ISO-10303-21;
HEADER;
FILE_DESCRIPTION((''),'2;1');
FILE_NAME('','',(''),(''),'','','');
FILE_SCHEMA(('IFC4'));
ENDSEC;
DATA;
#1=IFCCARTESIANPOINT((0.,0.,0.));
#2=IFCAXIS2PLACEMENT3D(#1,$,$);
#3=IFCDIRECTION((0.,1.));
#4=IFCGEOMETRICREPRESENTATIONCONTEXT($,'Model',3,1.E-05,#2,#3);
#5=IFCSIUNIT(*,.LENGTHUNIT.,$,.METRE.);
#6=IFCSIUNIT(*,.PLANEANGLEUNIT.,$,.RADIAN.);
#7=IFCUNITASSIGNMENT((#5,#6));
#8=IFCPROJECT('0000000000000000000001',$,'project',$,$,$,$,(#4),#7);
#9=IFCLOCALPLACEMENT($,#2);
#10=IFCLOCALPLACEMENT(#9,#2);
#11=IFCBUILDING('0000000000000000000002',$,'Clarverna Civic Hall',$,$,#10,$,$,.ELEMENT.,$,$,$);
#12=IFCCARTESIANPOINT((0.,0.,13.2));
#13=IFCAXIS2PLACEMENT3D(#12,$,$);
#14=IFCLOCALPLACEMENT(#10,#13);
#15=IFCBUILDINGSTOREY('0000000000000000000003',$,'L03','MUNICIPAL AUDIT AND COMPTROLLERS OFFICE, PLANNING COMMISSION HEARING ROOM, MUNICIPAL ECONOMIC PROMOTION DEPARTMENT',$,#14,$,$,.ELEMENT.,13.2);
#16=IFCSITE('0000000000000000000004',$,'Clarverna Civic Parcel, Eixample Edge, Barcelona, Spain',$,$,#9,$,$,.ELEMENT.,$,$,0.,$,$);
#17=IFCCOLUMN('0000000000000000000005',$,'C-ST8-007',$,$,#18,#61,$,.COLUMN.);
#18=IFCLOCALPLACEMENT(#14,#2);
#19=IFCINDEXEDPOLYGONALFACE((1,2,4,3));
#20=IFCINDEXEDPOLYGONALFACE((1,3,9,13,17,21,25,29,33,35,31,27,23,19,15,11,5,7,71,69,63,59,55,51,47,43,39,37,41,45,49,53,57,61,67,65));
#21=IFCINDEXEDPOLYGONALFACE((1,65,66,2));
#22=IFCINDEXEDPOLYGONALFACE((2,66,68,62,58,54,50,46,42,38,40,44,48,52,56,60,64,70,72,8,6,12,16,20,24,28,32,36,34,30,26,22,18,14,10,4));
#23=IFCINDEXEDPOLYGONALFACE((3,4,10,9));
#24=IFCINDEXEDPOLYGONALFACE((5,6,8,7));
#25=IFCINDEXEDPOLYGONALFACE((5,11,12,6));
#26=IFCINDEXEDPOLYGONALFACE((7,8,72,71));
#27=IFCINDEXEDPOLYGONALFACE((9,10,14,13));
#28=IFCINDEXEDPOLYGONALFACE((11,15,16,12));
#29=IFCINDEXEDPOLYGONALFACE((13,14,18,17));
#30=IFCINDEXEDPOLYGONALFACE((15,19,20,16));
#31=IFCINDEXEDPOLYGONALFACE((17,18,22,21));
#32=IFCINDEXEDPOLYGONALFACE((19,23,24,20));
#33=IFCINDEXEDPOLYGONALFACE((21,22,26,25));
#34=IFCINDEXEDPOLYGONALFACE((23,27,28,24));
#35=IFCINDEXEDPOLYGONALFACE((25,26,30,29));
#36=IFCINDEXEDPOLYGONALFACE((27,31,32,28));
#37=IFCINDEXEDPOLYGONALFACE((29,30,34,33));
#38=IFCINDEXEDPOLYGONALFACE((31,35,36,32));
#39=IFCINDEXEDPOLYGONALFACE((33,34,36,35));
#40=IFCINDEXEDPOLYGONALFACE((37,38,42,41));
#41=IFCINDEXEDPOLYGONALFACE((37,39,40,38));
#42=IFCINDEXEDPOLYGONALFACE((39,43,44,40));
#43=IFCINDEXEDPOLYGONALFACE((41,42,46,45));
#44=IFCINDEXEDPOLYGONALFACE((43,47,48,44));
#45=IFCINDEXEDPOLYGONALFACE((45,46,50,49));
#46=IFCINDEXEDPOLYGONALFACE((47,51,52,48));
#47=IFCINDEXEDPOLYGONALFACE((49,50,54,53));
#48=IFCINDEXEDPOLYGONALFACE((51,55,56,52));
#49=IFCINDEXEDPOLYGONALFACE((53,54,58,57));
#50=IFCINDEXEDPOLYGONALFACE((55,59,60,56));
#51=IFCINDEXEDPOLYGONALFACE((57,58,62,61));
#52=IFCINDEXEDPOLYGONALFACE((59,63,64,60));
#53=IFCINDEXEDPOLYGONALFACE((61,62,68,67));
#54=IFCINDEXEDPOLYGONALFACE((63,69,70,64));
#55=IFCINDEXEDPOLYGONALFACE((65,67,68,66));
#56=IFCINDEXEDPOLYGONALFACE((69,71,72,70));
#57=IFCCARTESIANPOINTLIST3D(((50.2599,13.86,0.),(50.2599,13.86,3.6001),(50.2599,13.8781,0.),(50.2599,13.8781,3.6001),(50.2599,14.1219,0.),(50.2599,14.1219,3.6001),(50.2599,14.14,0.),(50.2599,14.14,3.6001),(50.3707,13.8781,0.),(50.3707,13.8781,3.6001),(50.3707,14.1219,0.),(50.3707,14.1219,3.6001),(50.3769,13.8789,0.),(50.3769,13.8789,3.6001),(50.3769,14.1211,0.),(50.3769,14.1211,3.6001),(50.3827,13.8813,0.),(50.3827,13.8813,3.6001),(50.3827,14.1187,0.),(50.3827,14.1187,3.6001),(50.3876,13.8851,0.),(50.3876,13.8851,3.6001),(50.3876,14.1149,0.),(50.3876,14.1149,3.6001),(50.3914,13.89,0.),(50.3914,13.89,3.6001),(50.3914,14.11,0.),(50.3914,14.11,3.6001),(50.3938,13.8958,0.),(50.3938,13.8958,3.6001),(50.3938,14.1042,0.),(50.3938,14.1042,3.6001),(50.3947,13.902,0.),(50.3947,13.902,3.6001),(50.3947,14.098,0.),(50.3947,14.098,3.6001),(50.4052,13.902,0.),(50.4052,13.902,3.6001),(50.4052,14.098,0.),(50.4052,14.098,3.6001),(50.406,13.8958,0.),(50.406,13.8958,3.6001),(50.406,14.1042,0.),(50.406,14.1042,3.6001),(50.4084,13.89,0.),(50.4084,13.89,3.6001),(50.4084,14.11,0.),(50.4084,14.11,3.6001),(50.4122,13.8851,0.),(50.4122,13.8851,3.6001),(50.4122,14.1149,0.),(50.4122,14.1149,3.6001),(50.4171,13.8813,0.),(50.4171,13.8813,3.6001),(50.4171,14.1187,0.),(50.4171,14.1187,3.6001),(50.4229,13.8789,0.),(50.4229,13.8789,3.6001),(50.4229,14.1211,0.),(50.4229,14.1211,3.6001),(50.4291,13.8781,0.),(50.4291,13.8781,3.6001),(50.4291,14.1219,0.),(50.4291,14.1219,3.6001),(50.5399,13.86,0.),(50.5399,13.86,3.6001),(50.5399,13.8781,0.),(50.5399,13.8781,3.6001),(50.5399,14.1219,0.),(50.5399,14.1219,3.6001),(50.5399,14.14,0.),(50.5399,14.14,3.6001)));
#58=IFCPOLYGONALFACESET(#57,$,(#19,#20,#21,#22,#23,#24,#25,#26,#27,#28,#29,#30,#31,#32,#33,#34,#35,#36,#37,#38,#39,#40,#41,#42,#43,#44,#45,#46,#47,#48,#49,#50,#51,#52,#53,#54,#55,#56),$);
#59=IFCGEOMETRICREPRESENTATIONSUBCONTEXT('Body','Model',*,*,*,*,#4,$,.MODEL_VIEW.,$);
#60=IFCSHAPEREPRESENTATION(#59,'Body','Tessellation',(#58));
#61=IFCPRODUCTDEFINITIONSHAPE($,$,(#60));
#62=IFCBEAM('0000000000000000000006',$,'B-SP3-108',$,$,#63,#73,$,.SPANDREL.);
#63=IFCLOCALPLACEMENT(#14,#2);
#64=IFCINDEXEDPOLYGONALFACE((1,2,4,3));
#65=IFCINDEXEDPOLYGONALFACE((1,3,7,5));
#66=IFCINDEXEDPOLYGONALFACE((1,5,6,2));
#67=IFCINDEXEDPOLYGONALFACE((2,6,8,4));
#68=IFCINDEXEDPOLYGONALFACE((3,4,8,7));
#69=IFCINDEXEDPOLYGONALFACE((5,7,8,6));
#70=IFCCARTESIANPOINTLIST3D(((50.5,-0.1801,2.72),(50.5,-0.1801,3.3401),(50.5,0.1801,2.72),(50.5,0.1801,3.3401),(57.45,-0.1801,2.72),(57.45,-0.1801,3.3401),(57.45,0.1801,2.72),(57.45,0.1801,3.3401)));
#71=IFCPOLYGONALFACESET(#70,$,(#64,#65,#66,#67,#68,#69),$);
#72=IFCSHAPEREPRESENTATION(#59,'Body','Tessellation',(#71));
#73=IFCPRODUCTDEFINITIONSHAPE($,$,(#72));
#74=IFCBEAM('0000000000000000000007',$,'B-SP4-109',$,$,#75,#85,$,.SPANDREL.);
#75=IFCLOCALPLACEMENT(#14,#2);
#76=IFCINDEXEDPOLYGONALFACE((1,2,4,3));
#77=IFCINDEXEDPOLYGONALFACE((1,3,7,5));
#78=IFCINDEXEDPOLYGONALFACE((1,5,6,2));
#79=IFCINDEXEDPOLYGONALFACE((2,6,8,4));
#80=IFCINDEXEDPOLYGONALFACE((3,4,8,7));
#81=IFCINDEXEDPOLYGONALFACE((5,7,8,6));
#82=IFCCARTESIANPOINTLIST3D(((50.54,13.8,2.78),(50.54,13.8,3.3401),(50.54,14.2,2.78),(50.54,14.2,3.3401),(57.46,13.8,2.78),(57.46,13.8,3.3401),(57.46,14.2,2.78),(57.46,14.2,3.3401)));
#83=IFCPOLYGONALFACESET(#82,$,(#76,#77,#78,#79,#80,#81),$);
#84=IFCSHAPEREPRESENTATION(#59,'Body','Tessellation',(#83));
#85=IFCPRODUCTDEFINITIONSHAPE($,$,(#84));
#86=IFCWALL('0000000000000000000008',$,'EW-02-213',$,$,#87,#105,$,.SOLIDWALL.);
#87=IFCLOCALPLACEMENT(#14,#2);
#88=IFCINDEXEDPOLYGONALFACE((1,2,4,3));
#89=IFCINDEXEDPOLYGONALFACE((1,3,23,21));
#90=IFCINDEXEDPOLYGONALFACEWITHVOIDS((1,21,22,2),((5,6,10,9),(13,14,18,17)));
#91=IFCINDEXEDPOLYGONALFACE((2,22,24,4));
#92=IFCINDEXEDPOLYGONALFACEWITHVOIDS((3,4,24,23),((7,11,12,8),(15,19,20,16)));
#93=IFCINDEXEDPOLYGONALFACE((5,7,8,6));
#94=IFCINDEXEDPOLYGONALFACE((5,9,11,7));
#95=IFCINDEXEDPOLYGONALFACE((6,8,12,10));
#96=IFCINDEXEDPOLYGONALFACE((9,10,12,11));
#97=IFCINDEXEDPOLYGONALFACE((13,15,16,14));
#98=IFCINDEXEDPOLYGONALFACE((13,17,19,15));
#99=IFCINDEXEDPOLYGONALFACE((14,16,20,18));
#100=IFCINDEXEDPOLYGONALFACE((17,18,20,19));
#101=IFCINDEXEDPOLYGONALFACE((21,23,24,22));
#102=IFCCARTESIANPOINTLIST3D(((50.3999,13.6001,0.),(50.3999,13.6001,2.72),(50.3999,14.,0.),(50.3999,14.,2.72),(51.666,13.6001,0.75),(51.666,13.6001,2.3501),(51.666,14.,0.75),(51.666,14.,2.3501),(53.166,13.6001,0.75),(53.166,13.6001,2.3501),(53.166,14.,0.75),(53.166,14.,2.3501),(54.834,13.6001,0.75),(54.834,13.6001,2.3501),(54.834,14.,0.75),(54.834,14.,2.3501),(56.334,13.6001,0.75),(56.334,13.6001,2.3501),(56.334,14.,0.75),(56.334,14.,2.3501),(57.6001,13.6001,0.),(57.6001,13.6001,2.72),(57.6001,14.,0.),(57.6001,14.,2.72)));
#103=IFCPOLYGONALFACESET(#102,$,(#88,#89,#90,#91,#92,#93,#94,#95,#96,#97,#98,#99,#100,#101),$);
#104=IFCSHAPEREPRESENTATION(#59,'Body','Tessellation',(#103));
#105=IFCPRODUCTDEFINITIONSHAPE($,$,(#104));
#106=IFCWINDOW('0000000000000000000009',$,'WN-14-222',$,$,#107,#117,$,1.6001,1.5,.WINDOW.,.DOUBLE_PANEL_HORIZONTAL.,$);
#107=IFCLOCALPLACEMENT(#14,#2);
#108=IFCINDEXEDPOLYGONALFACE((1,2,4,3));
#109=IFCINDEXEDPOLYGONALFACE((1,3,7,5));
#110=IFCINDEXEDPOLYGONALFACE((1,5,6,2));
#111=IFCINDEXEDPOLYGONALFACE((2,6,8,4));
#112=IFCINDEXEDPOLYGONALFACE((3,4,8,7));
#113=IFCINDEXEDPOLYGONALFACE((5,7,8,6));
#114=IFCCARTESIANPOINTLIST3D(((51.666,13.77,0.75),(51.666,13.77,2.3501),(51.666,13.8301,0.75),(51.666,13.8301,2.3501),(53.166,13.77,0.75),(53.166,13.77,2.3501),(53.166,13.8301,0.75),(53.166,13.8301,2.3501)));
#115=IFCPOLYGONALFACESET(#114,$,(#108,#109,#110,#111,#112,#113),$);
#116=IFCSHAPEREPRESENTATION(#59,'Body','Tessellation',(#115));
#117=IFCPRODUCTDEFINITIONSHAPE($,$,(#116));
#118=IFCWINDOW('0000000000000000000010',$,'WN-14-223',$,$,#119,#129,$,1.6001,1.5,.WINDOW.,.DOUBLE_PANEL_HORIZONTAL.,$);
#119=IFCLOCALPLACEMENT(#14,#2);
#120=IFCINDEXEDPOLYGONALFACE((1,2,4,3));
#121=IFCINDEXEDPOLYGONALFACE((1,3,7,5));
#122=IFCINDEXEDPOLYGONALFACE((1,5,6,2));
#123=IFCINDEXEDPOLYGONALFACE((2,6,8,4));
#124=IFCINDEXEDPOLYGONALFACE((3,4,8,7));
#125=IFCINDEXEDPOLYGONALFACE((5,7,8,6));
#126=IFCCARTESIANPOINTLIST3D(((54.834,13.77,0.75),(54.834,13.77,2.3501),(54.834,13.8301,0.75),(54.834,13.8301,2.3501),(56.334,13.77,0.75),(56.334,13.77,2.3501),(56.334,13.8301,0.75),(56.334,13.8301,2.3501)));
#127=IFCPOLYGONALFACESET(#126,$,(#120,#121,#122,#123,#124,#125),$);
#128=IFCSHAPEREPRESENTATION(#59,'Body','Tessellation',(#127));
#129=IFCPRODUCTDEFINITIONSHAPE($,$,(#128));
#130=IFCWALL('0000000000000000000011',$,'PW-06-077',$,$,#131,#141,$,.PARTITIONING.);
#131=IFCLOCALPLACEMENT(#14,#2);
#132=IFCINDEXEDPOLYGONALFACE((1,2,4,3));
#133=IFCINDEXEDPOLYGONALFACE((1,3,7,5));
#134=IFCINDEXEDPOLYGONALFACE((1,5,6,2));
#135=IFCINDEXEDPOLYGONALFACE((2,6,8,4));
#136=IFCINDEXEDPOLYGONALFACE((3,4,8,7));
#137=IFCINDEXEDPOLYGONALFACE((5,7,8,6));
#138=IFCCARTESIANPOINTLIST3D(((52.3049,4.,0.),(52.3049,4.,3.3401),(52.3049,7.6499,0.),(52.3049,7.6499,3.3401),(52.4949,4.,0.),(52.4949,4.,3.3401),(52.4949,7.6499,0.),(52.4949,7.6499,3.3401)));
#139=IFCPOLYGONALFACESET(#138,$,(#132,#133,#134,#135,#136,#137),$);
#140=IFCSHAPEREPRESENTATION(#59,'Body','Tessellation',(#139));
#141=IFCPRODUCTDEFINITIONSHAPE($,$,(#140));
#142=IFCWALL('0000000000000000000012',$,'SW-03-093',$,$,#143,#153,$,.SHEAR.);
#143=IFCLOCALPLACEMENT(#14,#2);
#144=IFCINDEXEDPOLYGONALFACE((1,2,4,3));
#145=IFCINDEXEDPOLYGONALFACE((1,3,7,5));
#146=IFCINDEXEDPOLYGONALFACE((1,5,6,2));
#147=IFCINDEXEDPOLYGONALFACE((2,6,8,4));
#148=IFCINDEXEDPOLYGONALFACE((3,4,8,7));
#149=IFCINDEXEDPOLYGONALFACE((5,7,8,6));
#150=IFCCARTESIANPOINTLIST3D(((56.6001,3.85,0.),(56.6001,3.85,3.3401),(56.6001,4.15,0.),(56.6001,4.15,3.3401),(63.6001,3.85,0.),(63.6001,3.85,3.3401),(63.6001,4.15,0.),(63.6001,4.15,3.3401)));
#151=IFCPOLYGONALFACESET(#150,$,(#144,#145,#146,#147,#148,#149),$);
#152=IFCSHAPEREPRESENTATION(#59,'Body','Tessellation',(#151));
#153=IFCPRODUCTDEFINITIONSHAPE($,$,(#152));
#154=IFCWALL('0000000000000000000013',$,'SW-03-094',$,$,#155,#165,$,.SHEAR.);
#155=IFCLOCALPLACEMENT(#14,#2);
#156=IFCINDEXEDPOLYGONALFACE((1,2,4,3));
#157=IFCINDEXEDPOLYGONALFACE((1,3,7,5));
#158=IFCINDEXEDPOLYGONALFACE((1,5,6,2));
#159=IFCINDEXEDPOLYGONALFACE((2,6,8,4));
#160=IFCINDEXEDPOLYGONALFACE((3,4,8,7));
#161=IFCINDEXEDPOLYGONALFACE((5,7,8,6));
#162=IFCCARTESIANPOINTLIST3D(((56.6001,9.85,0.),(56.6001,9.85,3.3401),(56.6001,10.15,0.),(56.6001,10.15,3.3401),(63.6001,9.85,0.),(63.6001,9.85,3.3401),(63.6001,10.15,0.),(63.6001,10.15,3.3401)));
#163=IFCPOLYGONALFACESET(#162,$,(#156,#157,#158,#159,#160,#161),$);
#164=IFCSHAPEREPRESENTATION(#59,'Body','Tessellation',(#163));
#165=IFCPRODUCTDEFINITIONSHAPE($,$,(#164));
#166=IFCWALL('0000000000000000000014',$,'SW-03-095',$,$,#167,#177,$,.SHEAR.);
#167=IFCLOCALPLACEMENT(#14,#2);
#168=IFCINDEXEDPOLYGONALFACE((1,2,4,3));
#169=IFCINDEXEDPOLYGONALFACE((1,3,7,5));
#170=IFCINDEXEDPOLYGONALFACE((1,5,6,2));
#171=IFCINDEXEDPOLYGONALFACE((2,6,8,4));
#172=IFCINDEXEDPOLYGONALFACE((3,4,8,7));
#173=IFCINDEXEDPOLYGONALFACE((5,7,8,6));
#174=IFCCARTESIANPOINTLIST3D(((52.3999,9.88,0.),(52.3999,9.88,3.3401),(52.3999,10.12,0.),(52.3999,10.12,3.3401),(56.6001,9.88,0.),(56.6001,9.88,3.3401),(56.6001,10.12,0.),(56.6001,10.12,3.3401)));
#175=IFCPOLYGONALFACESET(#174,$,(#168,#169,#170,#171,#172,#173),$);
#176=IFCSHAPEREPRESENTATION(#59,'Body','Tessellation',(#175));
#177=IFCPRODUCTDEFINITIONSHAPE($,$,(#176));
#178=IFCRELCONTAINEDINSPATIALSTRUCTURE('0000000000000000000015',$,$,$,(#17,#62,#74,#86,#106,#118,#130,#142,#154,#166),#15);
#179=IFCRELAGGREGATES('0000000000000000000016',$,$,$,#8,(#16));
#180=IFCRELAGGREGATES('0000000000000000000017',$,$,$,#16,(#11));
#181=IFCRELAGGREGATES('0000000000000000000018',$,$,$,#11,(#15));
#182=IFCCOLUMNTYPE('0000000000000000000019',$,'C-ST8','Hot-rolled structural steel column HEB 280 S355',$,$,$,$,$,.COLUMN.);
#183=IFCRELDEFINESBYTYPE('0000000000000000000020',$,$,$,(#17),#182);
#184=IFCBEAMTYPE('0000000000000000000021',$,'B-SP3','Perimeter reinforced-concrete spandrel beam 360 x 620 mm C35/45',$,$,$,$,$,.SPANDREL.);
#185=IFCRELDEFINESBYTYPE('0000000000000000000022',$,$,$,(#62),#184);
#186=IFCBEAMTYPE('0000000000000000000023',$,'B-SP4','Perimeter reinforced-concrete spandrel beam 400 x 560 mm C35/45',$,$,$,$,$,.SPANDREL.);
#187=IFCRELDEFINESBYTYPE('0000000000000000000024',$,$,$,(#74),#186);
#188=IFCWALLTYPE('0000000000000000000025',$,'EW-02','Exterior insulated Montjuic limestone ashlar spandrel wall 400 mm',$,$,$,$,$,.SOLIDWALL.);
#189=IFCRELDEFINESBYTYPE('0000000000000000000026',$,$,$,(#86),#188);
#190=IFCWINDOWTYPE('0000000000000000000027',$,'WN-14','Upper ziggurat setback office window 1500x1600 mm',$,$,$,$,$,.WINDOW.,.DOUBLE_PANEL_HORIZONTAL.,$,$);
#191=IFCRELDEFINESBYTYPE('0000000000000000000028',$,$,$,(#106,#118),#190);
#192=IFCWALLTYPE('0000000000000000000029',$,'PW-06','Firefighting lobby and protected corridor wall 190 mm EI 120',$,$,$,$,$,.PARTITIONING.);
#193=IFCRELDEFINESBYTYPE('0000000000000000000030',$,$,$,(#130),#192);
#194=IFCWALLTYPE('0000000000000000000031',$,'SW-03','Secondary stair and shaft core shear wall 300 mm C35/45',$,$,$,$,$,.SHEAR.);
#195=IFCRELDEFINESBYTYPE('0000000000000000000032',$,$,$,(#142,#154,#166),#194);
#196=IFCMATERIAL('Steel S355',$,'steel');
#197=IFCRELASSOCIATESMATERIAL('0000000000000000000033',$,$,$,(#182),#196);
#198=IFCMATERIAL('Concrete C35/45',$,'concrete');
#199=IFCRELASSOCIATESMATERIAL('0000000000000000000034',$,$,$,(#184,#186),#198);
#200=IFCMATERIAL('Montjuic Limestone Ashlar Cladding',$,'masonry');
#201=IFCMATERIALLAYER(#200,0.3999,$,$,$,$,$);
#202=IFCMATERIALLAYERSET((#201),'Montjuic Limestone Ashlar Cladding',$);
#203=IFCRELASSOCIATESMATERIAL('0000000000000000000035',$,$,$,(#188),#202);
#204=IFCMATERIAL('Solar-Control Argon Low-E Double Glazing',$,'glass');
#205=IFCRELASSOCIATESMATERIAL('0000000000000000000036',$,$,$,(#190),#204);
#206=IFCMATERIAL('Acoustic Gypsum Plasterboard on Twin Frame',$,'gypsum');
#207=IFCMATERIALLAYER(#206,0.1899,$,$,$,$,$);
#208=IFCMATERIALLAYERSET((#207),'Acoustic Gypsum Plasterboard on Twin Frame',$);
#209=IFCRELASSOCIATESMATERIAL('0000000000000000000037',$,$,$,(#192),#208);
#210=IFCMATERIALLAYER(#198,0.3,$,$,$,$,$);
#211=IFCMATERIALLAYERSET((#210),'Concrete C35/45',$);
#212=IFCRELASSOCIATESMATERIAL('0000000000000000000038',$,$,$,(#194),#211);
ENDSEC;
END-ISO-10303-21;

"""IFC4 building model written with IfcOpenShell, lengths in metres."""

from ifc_helpers import new_model, si_unit, direction, frame, frame_2d, origin, origin_2d, place, context, subcontext, project, spatial, rectangle, i_section, extrude, material, layer, layer_set, material_profile, profile_set, type_object, element, fill, save


model = new_model("IFC4")

# Units and contexts
model_context = context("Model", 3, precision=1e-05, world=origin(), true_north=direction((0.0, 1.0)))
body_context = subcontext(model_context, "Body", "Model", "MODEL_VIEW")
ifc_project = project(units=[si_unit("LENGTHUNIT", "METRE"), si_unit("PLANEANGLEUNIT", "RADIAN")], contexts=[model_context])

# Site, building, storey
site_placement = place(None, origin())
site = spatial("IfcSite", under=ifc_project, at=site_placement, Name="Clarverna Civic Parcel, Eixample Edge, Barcelona, Spain", CompositionType="ELEMENT", RefElevation=0.0)
building_placement = place(site_placement, origin())
building = spatial("IfcBuilding", under=site, at=building_placement, Name="Clarverna Civic Hall", CompositionType="ELEMENT")
storey_placement = place(building_placement, frame((0.0, 0.0, 13.2)))
storey = spatial("IfcBuildingStorey", under=building, at=storey_placement, Name="L03", Description="MUNICIPAL AUDIT AND COMPTROLLERS OFFICE, PLANNING COMMISSION HEARING ROOM, MUNICIPAL ECONOMIC PROMOTION DEPARTMENT", CompositionType="ELEMENT", Elevation=13.2)

# Column
ifc_material_1 = material(Name="Steel S355", Category="steel")
ifc_material_profile_1 = material_profile(ifc_material_1, i_section(OverallWidth=0.28, OverallDepth=0.28, WebThickness=0.0105, FlangeThickness=0.0181, FilletRadius=0.0239, at=origin_2d()), Name="HEB 280")
ifc_profile_set_1 = profile_set([ifc_material_profile_1], Name="Steel S355")
column_type = type_object("IfcColumnType", Name="C-ST8", Description="Hot-rolled structural steel column HEB 280 S355", PredefinedType="COLUMN", material=ifc_profile_set_1)
column_placement = place(storey_placement, frame((50.3999, 14.0, 0.0), z_axis=(0.0, 0.0, 1.0), x_axis=(1.0, 0.0, 0.0)))
element("IfcColumn", 1, at=column_placement, inside=storey, type_object=column_type, Name="C-ST8-007", PredefinedType="COLUMN", context=body_context, shape_type="SweptSolid", body=[
    extrude(i_section(OverallWidth=0.28, OverallDepth=0.28, WebThickness=0.0105, FlangeThickness=0.0181, FilletRadius=0.0239, at=origin_2d()), origin(), (0.0, 0.0, 1.0), 3.6001),
])

# Beams
ifc_material_2 = material(Name="Concrete C35/45", Category="concrete")
ifc_material_profile_2 = material_profile(ifc_material_2, rectangle(XDim=0.3601, YDim=0.6201, at=origin_2d()), Name="RC 360x620")
ifc_profile_set_2 = profile_set([ifc_material_profile_2], Name="Concrete C35/45")
beam_type_1 = type_object("IfcBeamType", Name="B-SP3", Description="Perimeter reinforced-concrete spandrel beam 360 x 620 mm C35/45", PredefinedType="SPANDREL", material=ifc_profile_set_2)
beam_1_placement = place(storey_placement, frame((50.5, 0.0, 3.03), z_axis=(1.0, 0.0, 0.0), x_axis=(0.0, 1.0, 0.0)))
element("IfcBeam", 2, at=beam_1_placement, inside=storey, type_object=beam_type_1, Name="B-SP3-108", PredefinedType="SPANDREL", context=body_context, shape_type="SweptSolid", body=[
    extrude(rectangle(XDim=0.3601, YDim=0.6201, at=origin_2d()), origin(), (0.0, 0.0, 1.0), 6.95),
])
ifc_material_profile_3 = material_profile(ifc_material_2, rectangle(XDim=0.3999, YDim=0.5601, at=origin_2d()), Name="RC 400x560")
ifc_profile_set_3 = profile_set([ifc_material_profile_3], Name="Concrete C35/45")
beam_type_2 = type_object("IfcBeamType", Name="B-SP4", Description="Perimeter reinforced-concrete spandrel beam 400 x 560 mm C35/45", PredefinedType="SPANDREL", material=ifc_profile_set_3)
beam_2_placement = place(storey_placement, frame((50.54, 14.0, 3.0601), z_axis=(1.0, 0.0, 0.0), x_axis=(0.0, 1.0, 0.0)))
element("IfcBeam", 3, at=beam_2_placement, inside=storey, type_object=beam_type_2, Name="B-SP4-109", PredefinedType="SPANDREL", context=body_context, shape_type="SweptSolid", body=[
    extrude(rectangle(XDim=0.3999, YDim=0.5601, at=origin_2d()), origin(), (0.0, 0.0, 1.0), 6.9199),
])

# Wall, openings, windows
ifc_material_3 = material(Name="Montjuic Limestone Ashlar Cladding", Category="masonry")
ifc_layer_1 = layer(ifc_material_3, 0.3999)
ifc_layer_set_1 = layer_set([ifc_layer_1], Name="Montjuic Limestone Ashlar Cladding")
wall_type_1 = type_object("IfcWallType", Name="EW-02", Description="Exterior insulated Montjuic limestone ashlar spandrel wall 400 mm", PredefinedType="SOLIDWALL", material=ifc_layer_set_1)
wall_1_placement = place(storey_placement, frame((50.3999, 13.8, 0.0), z_axis=(0.0, 0.0, 1.0), x_axis=(1.0, 0.0, 0.0)))
wall_1 = element("IfcWall", 4, at=wall_1_placement, inside=storey, type_object=wall_type_1, Name="EW-02-213", PredefinedType="SOLIDWALL", context=body_context, shape_type="SweptSolid", body=[
    extrude(rectangle(XDim=7.2002, YDim=0.3999, at=frame_2d((3.6001, 0.0))), origin(), (0.0, 0.0, 1.0), 2.72),
])
opening_1_placement = place(wall_1_placement, frame((1.2661, 0.0, 0.75)))
opening_1 = element("IfcOpeningElement", 5, at=opening_1_placement, cuts=wall_1, PredefinedType="OPENING", context=body_context, shape_type="SweptSolid", body=[
    extrude(rectangle(XDim=1.5, YDim=1.6001, at=frame_2d((0.75, 0.8))), frame((0.0, 0.21, 0.0), z_axis=(0.0, -1.0, 0.0), x_axis=(1.0, 0.0, 0.0)), (0.0, 0.0, 1.0), 0.4199),
])
opening_2_placement = place(wall_1_placement, frame((4.4341, 0.0, 0.75)))
opening_2 = element("IfcOpeningElement", 6, at=opening_2_placement, cuts=wall_1, PredefinedType="OPENING", context=body_context, shape_type="SweptSolid", body=[
    extrude(rectangle(XDim=1.5, YDim=1.6001, at=frame_2d((0.75, 0.8))), frame((0.0, 0.21, 0.0), z_axis=(0.0, -1.0, 0.0), x_axis=(1.0, 0.0, 0.0)), (0.0, 0.0, 1.0), 0.4199),
])
ifc_material_4 = material(Name="Solar-Control Argon Low-E Double Glazing", Category="glass")
window_type = type_object("IfcWindowType", Name="WN-14", Description="Upper ziggurat setback office window 1500x1600 mm", PartitioningType="DOUBLE_PANEL_HORIZONTAL", PredefinedType="WINDOW", material=ifc_material_4)
window_1_placement = place(opening_1_placement, origin())
window_1 = element("IfcWindow", 7, at=window_1_placement, inside=storey, type_object=window_type, Name="WN-14-222", OverallHeight=1.6001, OverallWidth=1.5, PartitioningType="DOUBLE_PANEL_HORIZONTAL", PredefinedType="WINDOW", context=body_context, shape_type="SweptSolid", body=[
    extrude(rectangle(XDim=1.5, YDim=1.6001, at=frame_2d((0.75, 0.8))), frame((0.0, 0.03, 0.0), z_axis=(0.0, -1.0, 0.0), x_axis=(1.0, 0.0, 0.0)), (0.0, 0.0, 1.0), 0.0601),
])
fill(opening_1, window_1)
window_2_placement = place(opening_2_placement, origin())
window_2 = element("IfcWindow", 8, at=window_2_placement, inside=storey, type_object=window_type, Name="WN-14-223", OverallHeight=1.6001, OverallWidth=1.5, PartitioningType="DOUBLE_PANEL_HORIZONTAL", PredefinedType="WINDOW", context=body_context, shape_type="SweptSolid", body=[
    extrude(rectangle(XDim=1.5, YDim=1.6001, at=frame_2d((0.75, 0.8))), frame((0.0, 0.03, 0.0), z_axis=(0.0, -1.0, 0.0), x_axis=(1.0, 0.0, 0.0)), (0.0, 0.0, 1.0), 0.0601),
])
fill(opening_2, window_2)

# Wall
ifc_material_5 = material(Name="Acoustic Gypsum Plasterboard on Twin Frame", Category="gypsum")
ifc_layer_2 = layer(ifc_material_5, 0.1899)
ifc_layer_set_2 = layer_set([ifc_layer_2], Name="Acoustic Gypsum Plasterboard on Twin Frame")
wall_type_2 = type_object("IfcWallType", Name="PW-06", Description="Firefighting lobby and protected corridor wall 190 mm EI 120", PredefinedType="PARTITIONING", material=ifc_layer_set_2)
wall_2_placement = place(storey_placement, frame((52.3999, 4.0, 0.0), z_axis=(0.0, 0.0, 1.0), x_axis=(0.0, 1.0, 0.0)))
element("IfcWall", 9, at=wall_2_placement, inside=storey, type_object=wall_type_2, Name="PW-06-077", PredefinedType="PARTITIONING", context=body_context, shape_type="SweptSolid", body=[
    extrude(rectangle(XDim=3.6499, YDim=0.1899, at=frame_2d((1.825, 0.0))), origin(), (0.0, 0.0, 1.0), 3.3401),
])

# Shared definitions
ifc_layer_3 = layer(ifc_material_2, 0.3)
ifc_layer_set_3 = layer_set([ifc_layer_3], Name="Concrete C35/45")
wall_type_3 = type_object("IfcWallType", Name="SW-03", Description="Secondary stair and shaft core shear wall 300 mm C35/45", PredefinedType="SHEAR", material=ifc_layer_set_3)

# Walls
for number, where, z_axis, x_axis, name in (
    (10, (56.6001, 4.0, 0.0), (0.0, 0.0, 1.0), (1.0, 0.0, 0.0), "SW-03-093"),
    (11, (56.6001, 10.0, 0.0), (0.0, 0.0, 1.0), (1.0, 0.0, 0.0), "SW-03-094"),
):
    element("IfcWall", number, at=place(storey_placement, frame(where, z_axis=z_axis, x_axis=x_axis)), inside=storey, type_object=wall_type_3, Name=name, PredefinedType="SHEAR", context=body_context, shape_type="SweptSolid", body=[
        extrude(rectangle(XDim=7.0, YDim=0.3, at=frame_2d((3.5, 0.0))), origin(), (0.0, 0.0, 1.0), 3.3401),
    ])
wall_3_placement = place(storey_placement, frame((52.3999, 10.0, 0.0), z_axis=(0.0, 0.0, 1.0), x_axis=(1.0, 0.0, 0.0)))
element("IfcWall", 12, at=wall_3_placement, inside=storey, type_object=wall_type_3, Name="SW-03-095", PredefinedType="SHEAR", context=body_context, shape_type="SweptSolid", body=[
    extrude(rectangle(XDim=4.2002, YDim=0.24, at=frame_2d((2.1001, 0.0))), origin(), (0.0, 0.0, 1.0), 3.3401),
])

save(model, "model.ifc")
